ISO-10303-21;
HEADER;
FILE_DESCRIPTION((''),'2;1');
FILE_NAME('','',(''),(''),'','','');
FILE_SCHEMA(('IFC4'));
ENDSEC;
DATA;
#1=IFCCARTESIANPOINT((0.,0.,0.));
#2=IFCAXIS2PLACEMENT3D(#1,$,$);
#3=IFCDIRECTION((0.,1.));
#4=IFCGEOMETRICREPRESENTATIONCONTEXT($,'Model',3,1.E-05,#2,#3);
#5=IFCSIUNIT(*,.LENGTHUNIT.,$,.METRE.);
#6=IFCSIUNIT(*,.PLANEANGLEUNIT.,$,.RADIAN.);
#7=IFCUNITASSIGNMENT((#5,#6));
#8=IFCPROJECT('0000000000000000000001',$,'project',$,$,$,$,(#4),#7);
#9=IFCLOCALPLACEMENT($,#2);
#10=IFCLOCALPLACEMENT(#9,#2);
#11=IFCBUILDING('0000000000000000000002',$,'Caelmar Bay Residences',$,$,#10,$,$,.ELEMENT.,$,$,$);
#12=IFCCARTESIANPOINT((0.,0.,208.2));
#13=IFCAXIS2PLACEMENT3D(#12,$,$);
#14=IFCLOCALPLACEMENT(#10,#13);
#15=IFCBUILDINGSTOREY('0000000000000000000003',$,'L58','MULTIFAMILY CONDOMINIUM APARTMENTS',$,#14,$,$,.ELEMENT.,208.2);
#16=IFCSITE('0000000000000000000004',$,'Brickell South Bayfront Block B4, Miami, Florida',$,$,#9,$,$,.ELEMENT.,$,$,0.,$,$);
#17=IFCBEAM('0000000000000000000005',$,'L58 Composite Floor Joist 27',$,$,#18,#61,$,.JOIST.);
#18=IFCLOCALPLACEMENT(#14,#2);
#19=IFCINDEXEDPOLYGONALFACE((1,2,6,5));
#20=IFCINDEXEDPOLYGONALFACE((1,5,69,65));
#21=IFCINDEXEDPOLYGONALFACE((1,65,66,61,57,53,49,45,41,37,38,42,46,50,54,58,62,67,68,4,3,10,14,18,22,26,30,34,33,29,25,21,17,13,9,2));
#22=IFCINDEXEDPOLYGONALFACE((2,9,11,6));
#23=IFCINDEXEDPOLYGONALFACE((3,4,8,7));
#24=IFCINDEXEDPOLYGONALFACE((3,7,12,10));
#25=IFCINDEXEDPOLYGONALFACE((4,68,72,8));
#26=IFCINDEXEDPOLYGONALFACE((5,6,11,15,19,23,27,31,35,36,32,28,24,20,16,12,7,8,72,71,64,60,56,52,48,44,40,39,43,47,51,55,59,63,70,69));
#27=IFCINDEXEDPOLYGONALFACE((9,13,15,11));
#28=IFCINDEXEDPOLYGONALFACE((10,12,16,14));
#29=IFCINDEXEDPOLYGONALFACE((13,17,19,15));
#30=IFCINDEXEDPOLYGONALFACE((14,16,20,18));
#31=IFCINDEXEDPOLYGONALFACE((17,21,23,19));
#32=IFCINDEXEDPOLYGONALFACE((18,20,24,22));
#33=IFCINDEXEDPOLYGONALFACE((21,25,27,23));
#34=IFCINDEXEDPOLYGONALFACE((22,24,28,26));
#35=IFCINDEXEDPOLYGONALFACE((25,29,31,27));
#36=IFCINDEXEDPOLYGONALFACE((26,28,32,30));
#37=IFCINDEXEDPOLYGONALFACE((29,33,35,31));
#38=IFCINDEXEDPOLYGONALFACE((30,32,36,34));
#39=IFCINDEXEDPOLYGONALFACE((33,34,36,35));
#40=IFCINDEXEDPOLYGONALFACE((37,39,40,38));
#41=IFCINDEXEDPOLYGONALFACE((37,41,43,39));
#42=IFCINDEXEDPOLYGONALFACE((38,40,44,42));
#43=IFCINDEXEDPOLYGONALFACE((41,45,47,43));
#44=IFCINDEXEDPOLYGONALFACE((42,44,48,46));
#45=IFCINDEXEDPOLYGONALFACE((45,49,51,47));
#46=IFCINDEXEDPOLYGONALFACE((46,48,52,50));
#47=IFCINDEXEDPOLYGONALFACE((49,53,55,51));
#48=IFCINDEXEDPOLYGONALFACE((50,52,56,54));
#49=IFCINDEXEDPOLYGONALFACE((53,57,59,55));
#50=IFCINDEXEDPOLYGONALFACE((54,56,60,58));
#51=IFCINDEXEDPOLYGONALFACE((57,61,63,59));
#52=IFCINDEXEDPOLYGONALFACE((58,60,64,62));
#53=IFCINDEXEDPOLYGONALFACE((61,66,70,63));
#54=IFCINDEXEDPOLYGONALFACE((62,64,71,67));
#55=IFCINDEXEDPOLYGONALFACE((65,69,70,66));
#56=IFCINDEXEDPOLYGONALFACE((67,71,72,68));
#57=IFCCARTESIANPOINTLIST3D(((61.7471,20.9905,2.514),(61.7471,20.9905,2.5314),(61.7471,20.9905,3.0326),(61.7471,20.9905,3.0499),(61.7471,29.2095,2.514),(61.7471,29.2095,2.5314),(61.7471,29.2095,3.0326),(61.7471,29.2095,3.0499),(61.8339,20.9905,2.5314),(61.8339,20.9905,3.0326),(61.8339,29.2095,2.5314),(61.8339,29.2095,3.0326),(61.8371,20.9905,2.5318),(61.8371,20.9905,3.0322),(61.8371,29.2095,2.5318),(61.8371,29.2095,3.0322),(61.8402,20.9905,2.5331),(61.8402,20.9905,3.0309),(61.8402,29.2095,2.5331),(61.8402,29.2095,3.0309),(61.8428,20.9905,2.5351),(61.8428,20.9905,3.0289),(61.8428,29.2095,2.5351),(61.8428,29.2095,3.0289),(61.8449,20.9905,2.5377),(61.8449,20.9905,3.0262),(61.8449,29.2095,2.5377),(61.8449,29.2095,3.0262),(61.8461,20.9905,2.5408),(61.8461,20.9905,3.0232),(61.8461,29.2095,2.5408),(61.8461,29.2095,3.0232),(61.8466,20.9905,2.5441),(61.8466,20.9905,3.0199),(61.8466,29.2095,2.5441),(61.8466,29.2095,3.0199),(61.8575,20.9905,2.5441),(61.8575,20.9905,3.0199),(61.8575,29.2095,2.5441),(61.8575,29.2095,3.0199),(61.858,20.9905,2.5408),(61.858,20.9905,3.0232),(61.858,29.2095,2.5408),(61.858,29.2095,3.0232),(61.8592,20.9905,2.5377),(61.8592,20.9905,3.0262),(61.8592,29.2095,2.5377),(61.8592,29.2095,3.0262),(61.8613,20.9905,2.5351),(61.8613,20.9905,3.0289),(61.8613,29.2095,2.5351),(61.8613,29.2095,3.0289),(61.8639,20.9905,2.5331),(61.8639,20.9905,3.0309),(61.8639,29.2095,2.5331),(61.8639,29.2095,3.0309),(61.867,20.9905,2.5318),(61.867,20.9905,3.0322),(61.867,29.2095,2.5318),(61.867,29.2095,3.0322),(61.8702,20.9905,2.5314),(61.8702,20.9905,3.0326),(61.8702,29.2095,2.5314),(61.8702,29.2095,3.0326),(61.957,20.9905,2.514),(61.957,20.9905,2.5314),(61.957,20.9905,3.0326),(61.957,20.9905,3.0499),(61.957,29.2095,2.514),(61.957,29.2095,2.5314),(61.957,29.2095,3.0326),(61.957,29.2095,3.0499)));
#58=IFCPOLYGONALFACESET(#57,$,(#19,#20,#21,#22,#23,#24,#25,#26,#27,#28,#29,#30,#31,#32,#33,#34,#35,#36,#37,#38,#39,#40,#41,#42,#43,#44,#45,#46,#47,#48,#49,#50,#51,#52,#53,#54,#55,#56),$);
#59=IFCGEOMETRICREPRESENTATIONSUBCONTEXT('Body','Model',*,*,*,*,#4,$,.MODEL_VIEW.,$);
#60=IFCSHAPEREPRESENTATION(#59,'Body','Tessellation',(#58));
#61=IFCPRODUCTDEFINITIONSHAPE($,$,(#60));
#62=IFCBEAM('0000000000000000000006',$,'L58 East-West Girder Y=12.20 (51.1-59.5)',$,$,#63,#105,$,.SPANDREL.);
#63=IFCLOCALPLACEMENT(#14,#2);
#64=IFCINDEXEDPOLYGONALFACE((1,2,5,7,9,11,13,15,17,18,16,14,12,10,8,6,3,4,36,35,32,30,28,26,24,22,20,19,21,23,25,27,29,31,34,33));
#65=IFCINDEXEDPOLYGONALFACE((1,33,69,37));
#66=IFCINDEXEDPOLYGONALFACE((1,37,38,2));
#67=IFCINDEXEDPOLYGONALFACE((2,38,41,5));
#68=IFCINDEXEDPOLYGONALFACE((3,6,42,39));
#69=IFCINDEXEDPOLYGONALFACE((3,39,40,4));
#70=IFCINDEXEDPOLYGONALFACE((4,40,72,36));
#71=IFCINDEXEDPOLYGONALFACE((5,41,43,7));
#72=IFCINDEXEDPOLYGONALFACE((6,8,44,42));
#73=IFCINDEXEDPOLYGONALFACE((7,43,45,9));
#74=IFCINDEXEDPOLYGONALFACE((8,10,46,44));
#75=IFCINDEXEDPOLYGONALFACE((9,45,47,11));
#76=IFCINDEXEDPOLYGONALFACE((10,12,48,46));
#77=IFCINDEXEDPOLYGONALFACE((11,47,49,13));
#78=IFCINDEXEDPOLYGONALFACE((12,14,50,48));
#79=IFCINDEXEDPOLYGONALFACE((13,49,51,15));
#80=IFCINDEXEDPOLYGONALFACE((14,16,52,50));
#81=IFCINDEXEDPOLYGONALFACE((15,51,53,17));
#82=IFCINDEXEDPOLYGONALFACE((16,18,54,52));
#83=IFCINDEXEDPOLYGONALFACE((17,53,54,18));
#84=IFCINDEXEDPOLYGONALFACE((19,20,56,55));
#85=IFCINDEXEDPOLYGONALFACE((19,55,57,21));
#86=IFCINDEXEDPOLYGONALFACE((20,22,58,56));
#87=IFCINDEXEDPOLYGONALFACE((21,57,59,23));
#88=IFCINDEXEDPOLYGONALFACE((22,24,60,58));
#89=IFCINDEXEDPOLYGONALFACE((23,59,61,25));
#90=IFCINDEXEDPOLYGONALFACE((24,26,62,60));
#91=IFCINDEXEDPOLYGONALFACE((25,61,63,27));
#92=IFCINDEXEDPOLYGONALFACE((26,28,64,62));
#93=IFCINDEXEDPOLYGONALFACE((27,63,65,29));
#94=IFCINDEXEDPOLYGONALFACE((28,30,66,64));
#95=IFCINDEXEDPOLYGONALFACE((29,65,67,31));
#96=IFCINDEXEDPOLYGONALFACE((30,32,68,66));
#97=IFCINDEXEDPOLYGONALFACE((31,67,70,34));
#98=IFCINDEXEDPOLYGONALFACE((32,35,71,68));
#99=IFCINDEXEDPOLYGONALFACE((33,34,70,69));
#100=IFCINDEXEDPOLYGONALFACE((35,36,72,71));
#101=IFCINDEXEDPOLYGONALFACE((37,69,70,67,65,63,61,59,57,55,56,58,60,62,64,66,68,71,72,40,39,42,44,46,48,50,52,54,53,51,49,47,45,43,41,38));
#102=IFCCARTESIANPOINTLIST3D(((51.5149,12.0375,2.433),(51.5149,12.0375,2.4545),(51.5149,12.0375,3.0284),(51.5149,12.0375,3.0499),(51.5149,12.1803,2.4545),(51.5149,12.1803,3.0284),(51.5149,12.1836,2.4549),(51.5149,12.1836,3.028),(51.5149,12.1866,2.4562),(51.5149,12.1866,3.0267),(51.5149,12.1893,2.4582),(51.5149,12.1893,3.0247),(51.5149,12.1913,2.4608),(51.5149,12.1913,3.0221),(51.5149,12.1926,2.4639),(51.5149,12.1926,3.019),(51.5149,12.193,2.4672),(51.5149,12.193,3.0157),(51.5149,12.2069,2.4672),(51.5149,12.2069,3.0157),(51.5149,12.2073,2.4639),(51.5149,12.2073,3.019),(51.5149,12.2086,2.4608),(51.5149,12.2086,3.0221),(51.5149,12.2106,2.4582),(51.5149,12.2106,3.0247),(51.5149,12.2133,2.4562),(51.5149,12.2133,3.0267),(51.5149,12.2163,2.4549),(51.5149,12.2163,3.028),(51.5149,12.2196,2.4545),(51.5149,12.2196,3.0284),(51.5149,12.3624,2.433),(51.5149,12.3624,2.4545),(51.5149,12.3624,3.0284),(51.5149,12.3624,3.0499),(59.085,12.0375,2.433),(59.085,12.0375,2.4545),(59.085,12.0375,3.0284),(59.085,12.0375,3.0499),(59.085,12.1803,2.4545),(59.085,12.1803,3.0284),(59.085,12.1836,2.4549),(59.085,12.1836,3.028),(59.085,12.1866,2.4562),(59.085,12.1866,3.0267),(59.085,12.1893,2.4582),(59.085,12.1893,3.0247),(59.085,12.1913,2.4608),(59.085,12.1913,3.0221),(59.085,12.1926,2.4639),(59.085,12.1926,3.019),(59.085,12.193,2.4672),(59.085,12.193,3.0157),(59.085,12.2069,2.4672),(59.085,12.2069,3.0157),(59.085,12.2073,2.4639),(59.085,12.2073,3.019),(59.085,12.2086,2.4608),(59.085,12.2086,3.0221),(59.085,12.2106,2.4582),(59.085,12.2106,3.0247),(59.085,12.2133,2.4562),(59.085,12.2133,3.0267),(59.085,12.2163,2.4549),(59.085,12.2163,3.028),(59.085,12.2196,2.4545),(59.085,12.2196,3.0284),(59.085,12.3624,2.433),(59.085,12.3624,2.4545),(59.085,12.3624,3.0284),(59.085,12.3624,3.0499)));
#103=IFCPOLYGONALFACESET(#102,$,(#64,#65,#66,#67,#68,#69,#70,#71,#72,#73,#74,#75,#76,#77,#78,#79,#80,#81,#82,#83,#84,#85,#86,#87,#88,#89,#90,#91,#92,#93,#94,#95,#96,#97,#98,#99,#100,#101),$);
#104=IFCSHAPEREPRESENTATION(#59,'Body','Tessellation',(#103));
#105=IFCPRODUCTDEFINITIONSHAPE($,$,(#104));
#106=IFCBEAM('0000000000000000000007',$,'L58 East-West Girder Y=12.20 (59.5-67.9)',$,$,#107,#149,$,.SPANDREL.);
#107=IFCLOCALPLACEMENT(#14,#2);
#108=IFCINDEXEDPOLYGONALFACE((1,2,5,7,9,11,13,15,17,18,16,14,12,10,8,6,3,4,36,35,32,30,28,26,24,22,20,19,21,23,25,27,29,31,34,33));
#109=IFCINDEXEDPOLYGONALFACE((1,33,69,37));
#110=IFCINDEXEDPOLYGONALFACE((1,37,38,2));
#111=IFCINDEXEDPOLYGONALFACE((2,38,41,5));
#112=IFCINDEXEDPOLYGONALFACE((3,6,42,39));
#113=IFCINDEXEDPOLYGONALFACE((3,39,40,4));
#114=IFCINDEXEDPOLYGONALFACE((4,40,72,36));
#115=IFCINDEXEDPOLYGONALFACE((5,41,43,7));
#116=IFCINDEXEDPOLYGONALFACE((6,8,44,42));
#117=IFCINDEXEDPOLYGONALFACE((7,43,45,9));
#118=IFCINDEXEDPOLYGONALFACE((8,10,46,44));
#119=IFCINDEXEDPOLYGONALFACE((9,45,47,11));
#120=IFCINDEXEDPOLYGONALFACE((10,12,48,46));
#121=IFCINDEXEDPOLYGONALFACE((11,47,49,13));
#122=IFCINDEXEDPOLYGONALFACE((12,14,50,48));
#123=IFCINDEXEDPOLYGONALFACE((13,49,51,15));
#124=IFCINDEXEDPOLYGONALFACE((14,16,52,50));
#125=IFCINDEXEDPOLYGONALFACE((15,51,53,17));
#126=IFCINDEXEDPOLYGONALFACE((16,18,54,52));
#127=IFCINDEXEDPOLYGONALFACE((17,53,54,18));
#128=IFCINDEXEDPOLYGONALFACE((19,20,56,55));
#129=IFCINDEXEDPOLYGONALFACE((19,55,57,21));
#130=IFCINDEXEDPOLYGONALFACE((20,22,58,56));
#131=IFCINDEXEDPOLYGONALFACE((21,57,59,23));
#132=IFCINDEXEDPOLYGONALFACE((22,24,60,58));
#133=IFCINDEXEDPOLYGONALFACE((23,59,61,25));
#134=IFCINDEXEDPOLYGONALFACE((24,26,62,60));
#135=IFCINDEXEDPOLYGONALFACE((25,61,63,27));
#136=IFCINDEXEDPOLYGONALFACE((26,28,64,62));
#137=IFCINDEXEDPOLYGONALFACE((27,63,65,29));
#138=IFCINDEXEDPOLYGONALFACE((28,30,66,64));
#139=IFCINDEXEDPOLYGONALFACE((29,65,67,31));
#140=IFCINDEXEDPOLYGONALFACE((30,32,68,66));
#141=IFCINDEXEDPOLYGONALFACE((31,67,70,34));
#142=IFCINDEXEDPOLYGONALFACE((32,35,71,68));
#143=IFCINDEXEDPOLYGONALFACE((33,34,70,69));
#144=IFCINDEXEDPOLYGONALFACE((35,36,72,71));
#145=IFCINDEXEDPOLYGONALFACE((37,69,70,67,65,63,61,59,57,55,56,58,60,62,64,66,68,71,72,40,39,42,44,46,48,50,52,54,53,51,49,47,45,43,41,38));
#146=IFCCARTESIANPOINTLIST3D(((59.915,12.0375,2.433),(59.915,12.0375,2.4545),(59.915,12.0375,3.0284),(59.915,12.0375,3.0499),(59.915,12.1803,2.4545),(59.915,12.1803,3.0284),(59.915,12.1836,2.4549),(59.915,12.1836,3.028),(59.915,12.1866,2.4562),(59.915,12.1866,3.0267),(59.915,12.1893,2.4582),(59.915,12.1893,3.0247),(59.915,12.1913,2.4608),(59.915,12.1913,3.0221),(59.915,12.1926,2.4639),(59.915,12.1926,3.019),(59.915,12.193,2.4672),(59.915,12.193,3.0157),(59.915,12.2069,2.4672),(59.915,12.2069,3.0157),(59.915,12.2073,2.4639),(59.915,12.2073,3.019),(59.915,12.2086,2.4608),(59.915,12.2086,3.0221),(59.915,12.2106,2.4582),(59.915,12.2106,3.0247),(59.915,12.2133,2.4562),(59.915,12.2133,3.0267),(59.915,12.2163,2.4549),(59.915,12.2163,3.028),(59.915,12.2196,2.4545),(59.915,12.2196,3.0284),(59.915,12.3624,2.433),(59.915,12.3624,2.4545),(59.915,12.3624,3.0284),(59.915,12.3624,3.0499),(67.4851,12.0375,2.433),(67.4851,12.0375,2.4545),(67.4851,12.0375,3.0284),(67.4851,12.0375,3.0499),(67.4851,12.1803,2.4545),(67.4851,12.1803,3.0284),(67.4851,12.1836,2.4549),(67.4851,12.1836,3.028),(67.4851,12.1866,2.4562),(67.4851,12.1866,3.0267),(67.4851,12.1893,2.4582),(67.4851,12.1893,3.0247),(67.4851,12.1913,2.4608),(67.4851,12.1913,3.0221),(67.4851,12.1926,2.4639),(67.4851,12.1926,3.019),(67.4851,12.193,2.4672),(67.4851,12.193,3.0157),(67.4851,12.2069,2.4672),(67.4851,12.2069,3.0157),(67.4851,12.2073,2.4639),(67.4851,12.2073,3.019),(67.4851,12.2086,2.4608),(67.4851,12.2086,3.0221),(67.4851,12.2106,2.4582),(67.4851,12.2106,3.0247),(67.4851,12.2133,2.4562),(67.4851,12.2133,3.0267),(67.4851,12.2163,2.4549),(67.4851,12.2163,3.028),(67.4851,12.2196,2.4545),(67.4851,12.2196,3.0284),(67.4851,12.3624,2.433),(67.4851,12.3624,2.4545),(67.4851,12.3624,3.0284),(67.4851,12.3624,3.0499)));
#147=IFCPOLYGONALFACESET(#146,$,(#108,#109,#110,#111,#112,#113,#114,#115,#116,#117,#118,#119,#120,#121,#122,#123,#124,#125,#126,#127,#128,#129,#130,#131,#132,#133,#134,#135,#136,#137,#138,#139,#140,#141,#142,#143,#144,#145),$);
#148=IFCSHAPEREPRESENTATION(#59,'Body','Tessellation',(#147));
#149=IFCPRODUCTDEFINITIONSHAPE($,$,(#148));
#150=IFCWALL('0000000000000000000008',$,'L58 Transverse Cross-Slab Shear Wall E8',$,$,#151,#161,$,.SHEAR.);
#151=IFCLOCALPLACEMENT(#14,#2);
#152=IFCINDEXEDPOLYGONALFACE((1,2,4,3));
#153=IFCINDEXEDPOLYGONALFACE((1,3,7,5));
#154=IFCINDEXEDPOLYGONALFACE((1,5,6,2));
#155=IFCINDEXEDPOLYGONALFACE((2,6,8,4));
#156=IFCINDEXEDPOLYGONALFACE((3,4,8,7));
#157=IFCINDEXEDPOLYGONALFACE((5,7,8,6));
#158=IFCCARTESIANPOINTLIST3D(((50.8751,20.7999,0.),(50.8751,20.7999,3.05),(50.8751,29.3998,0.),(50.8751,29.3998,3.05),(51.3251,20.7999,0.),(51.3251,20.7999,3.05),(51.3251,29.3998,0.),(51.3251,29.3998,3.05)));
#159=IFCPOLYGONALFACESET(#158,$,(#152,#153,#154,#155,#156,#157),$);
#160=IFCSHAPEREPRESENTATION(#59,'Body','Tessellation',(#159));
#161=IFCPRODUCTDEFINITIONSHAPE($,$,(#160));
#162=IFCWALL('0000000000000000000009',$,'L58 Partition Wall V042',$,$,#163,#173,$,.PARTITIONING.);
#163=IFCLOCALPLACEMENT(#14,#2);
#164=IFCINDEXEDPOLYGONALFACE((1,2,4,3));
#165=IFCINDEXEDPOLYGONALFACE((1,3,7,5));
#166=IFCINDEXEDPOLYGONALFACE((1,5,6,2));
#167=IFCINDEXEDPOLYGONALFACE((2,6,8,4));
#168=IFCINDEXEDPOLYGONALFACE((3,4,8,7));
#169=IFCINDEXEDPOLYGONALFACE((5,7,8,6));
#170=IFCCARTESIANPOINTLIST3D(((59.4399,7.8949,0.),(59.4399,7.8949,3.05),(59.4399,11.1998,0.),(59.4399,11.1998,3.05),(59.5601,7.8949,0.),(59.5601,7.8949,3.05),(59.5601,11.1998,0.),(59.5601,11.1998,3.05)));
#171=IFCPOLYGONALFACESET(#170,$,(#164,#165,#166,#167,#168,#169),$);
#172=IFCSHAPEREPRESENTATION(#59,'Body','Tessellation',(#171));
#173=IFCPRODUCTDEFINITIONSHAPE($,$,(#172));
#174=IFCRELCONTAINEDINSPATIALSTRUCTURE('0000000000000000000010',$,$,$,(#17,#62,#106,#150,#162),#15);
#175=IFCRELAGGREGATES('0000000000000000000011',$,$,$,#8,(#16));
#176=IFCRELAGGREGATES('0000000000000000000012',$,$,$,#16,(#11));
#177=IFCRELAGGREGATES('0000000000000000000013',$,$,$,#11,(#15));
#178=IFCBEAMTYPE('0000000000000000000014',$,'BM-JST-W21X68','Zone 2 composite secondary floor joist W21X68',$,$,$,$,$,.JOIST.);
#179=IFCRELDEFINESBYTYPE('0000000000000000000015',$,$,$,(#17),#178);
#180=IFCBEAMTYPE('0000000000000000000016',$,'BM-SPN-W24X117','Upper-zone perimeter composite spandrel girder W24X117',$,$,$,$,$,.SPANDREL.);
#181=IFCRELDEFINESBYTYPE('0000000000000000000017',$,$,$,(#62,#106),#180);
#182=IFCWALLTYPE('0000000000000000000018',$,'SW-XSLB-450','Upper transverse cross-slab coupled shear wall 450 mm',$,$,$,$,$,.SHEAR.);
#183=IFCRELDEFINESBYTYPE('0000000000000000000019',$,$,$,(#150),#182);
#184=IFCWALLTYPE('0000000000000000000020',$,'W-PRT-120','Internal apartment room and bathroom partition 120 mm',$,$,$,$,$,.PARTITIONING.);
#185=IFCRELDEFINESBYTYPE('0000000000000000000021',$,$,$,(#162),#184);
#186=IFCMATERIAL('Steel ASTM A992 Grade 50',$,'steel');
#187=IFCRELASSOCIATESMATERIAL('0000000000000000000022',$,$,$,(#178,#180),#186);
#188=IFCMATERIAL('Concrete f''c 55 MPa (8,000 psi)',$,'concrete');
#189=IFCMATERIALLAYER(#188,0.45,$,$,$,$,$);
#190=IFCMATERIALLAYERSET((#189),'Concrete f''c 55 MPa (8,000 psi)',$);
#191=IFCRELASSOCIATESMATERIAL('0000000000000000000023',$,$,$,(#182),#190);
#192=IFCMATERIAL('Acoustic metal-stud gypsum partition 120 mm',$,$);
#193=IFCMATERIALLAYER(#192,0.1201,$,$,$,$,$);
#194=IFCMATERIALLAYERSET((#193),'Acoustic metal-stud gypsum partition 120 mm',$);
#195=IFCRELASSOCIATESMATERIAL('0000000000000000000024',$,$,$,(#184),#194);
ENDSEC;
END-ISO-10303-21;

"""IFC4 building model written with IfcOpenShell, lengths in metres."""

from ifc_helpers import new_model, si_unit, direction, frame, frame_2d, origin, origin_2d, place, context, subcontext, project, spatial, rectangle, i_section, extrude, material, layer, layer_set, material_profile, profile_set, type_object, element, save


model = new_model("IFC4")

# Units and contexts
model_context = context("Model", 3, precision=1e-05, world=origin(), true_north=direction((0.0, 1.0)))
body_context = subcontext(model_context, "Body", "Model", "MODEL_VIEW")
ifc_project = project(units=[si_unit("LENGTHUNIT", "METRE"), si_unit("PLANEANGLEUNIT", "RADIAN")], contexts=[model_context])

# Site, building, storey
site_placement = place(None, origin())
site = spatial("IfcSite", under=ifc_project, at=site_placement, Name="Brickell South Bayfront Block B4, Miami, Florida", CompositionType="ELEMENT", RefElevation=0.0)
building_placement = place(site_placement, origin())
building = spatial("IfcBuilding", under=site, at=building_placement, Name="Caelmar Bay Residences", CompositionType="ELEMENT")
storey_placement = place(building_placement, frame((0.0, 0.0, 208.2)))
storey = spatial("IfcBuildingStorey", under=building, at=storey_placement, Name="L58", Description="MULTIFAMILY CONDOMINIUM APARTMENTS", CompositionType="ELEMENT", Elevation=208.2)

# Shared definitions
ifc_material_1 = material(Name="Concrete f'c 55 MPa (8,000 psi)", Category="concrete")

# Beams
ifc_material_2 = material(Name="Steel ASTM A992 Grade 50", Category="steel")
ifc_material_profile_1 = material_profile(ifc_material_2, i_section(OverallWidth=0.21, OverallDepth=0.5359, WebThickness=0.011, FlangeThickness=0.0173, FilletRadius=0.0127, at=origin_2d()), Name="W21X68")
ifc_profile_set_1 = profile_set([ifc_material_profile_1], Name="Steel ASTM A992 Grade 50")
beam_type_1 = type_object("IfcBeamType", Name="BM-JST-W21X68", Description="Zone 2 composite secondary floor joist W21X68", PredefinedType="JOIST", material=ifc_profile_set_1)
for number, where, z_axis, x_axis, name in (
    (1, (61.8521, 20.9905, 2.782), (0.0, 1.0, 0.0), (-1.0, 0.0, 0.0), "L58 Composite Floor Joist 27"),
):
    element("IfcBeam", number, at=place(storey_placement, frame(where, z_axis=z_axis, x_axis=x_axis)), inside=storey, type_object=beam_type_1, Name=name, PredefinedType="JOIST", context=body_context, shape_type="SweptSolid", body=[
        extrude(i_section(OverallWidth=0.21, OverallDepth=0.5359, WebThickness=0.011, FlangeThickness=0.0173, FilletRadius=0.0127, at=origin_2d()), origin(), (0.0, 0.0, 1.0), 8.219),
    ])
ifc_material_profile_2 = material_profile(ifc_material_2, i_section(OverallWidth=0.325, OverallDepth=0.6169, WebThickness=0.0139, FlangeThickness=0.0215, FilletRadius=0.0127, at=origin_2d()), Name="W24X117")
ifc_profile_set_2 = profile_set([ifc_material_profile_2], Name="Steel ASTM A992 Grade 50")
beam_type_2 = type_object("IfcBeamType", Name="BM-SPN-W24X117", Description="Upper-zone perimeter composite spandrel girder W24X117", PredefinedType="SPANDREL", material=ifc_profile_set_2)
for number, where, z_axis, x_axis, name in (
    (2, (51.5149, 12.2, 2.7415), (1.0, 0.0, 0.0), (0.0, 1.0, 0.0), "L58 East-West Girder Y=12.20 (51.1-59.5)"),
    (3, (59.915, 12.2, 2.7415), (1.0, 0.0, 0.0), (0.0, 1.0, 0.0), "L58 East-West Girder Y=12.20 (59.5-67.9)"),
):
    element("IfcBeam", number, at=place(storey_placement, frame(where, z_axis=z_axis, x_axis=x_axis)), inside=storey, type_object=beam_type_2, Name=name, PredefinedType="SPANDREL", context=body_context, shape_type="SweptSolid", body=[
        extrude(i_section(OverallWidth=0.325, OverallDepth=0.6169, WebThickness=0.0139, FlangeThickness=0.0215, FilletRadius=0.0127, at=origin_2d()), origin(), (0.0, 0.0, 1.0), 7.5701),
    ])

# Walls
ifc_layer_1 = layer(ifc_material_1, 0.45)
ifc_layer_set_1 = layer_set([ifc_layer_1], Name="Concrete f'c 55 MPa (8,000 psi)")
wall_type_1 = type_object("IfcWallType", Name="SW-XSLB-450", Description="Upper transverse cross-slab coupled shear wall 450 mm", PredefinedType="SHEAR", material=ifc_layer_set_1)
wall_1_placement = place(storey_placement, frame((51.1001, 20.8, 0.0), z_axis=(0.0, 0.0, 1.0), x_axis=(0.0, 1.0, 0.0)))
element("IfcWall", 4, at=wall_1_placement, inside=storey, type_object=wall_type_1, Name="L58 Transverse Cross-Slab Shear Wall E8", PredefinedType="SHEAR", context=body_context, shape_type="SweptSolid", body=[
    extrude(rectangle(XDim=8.5999, YDim=0.45, at=frame_2d((4.2998, 0.0))), origin(), (0.0, 0.0, 1.0), 3.05),
])
ifc_material_3 = material(Name="Acoustic metal-stud gypsum partition 120 mm")
ifc_layer_2 = layer(ifc_material_3, 0.1201)
ifc_layer_set_2 = layer_set([ifc_layer_2], Name="Acoustic metal-stud gypsum partition 120 mm")
wall_type_2 = type_object("IfcWallType", Name="W-PRT-120", Description="Internal apartment room and bathroom partition 120 mm", PredefinedType="PARTITIONING", material=ifc_layer_set_2)
wall_2_placement = place(storey_placement, frame((59.5, 7.895, 0.0), z_axis=(0.0, 0.0, 1.0), x_axis=(0.0, 1.0, 0.0)))
element("IfcWall", 5, at=wall_2_placement, inside=storey, type_object=wall_type_2, Name="L58 Partition Wall V042", PredefinedType="PARTITIONING", context=body_context, shape_type="SweptSolid", body=[
    extrude(rectangle(XDim=3.3049, YDim=0.1201, at=frame_2d((1.6523, 0.0))), origin(), (0.0, 0.0, 1.0), 3.05),
])

save(model, "model.ifc")
